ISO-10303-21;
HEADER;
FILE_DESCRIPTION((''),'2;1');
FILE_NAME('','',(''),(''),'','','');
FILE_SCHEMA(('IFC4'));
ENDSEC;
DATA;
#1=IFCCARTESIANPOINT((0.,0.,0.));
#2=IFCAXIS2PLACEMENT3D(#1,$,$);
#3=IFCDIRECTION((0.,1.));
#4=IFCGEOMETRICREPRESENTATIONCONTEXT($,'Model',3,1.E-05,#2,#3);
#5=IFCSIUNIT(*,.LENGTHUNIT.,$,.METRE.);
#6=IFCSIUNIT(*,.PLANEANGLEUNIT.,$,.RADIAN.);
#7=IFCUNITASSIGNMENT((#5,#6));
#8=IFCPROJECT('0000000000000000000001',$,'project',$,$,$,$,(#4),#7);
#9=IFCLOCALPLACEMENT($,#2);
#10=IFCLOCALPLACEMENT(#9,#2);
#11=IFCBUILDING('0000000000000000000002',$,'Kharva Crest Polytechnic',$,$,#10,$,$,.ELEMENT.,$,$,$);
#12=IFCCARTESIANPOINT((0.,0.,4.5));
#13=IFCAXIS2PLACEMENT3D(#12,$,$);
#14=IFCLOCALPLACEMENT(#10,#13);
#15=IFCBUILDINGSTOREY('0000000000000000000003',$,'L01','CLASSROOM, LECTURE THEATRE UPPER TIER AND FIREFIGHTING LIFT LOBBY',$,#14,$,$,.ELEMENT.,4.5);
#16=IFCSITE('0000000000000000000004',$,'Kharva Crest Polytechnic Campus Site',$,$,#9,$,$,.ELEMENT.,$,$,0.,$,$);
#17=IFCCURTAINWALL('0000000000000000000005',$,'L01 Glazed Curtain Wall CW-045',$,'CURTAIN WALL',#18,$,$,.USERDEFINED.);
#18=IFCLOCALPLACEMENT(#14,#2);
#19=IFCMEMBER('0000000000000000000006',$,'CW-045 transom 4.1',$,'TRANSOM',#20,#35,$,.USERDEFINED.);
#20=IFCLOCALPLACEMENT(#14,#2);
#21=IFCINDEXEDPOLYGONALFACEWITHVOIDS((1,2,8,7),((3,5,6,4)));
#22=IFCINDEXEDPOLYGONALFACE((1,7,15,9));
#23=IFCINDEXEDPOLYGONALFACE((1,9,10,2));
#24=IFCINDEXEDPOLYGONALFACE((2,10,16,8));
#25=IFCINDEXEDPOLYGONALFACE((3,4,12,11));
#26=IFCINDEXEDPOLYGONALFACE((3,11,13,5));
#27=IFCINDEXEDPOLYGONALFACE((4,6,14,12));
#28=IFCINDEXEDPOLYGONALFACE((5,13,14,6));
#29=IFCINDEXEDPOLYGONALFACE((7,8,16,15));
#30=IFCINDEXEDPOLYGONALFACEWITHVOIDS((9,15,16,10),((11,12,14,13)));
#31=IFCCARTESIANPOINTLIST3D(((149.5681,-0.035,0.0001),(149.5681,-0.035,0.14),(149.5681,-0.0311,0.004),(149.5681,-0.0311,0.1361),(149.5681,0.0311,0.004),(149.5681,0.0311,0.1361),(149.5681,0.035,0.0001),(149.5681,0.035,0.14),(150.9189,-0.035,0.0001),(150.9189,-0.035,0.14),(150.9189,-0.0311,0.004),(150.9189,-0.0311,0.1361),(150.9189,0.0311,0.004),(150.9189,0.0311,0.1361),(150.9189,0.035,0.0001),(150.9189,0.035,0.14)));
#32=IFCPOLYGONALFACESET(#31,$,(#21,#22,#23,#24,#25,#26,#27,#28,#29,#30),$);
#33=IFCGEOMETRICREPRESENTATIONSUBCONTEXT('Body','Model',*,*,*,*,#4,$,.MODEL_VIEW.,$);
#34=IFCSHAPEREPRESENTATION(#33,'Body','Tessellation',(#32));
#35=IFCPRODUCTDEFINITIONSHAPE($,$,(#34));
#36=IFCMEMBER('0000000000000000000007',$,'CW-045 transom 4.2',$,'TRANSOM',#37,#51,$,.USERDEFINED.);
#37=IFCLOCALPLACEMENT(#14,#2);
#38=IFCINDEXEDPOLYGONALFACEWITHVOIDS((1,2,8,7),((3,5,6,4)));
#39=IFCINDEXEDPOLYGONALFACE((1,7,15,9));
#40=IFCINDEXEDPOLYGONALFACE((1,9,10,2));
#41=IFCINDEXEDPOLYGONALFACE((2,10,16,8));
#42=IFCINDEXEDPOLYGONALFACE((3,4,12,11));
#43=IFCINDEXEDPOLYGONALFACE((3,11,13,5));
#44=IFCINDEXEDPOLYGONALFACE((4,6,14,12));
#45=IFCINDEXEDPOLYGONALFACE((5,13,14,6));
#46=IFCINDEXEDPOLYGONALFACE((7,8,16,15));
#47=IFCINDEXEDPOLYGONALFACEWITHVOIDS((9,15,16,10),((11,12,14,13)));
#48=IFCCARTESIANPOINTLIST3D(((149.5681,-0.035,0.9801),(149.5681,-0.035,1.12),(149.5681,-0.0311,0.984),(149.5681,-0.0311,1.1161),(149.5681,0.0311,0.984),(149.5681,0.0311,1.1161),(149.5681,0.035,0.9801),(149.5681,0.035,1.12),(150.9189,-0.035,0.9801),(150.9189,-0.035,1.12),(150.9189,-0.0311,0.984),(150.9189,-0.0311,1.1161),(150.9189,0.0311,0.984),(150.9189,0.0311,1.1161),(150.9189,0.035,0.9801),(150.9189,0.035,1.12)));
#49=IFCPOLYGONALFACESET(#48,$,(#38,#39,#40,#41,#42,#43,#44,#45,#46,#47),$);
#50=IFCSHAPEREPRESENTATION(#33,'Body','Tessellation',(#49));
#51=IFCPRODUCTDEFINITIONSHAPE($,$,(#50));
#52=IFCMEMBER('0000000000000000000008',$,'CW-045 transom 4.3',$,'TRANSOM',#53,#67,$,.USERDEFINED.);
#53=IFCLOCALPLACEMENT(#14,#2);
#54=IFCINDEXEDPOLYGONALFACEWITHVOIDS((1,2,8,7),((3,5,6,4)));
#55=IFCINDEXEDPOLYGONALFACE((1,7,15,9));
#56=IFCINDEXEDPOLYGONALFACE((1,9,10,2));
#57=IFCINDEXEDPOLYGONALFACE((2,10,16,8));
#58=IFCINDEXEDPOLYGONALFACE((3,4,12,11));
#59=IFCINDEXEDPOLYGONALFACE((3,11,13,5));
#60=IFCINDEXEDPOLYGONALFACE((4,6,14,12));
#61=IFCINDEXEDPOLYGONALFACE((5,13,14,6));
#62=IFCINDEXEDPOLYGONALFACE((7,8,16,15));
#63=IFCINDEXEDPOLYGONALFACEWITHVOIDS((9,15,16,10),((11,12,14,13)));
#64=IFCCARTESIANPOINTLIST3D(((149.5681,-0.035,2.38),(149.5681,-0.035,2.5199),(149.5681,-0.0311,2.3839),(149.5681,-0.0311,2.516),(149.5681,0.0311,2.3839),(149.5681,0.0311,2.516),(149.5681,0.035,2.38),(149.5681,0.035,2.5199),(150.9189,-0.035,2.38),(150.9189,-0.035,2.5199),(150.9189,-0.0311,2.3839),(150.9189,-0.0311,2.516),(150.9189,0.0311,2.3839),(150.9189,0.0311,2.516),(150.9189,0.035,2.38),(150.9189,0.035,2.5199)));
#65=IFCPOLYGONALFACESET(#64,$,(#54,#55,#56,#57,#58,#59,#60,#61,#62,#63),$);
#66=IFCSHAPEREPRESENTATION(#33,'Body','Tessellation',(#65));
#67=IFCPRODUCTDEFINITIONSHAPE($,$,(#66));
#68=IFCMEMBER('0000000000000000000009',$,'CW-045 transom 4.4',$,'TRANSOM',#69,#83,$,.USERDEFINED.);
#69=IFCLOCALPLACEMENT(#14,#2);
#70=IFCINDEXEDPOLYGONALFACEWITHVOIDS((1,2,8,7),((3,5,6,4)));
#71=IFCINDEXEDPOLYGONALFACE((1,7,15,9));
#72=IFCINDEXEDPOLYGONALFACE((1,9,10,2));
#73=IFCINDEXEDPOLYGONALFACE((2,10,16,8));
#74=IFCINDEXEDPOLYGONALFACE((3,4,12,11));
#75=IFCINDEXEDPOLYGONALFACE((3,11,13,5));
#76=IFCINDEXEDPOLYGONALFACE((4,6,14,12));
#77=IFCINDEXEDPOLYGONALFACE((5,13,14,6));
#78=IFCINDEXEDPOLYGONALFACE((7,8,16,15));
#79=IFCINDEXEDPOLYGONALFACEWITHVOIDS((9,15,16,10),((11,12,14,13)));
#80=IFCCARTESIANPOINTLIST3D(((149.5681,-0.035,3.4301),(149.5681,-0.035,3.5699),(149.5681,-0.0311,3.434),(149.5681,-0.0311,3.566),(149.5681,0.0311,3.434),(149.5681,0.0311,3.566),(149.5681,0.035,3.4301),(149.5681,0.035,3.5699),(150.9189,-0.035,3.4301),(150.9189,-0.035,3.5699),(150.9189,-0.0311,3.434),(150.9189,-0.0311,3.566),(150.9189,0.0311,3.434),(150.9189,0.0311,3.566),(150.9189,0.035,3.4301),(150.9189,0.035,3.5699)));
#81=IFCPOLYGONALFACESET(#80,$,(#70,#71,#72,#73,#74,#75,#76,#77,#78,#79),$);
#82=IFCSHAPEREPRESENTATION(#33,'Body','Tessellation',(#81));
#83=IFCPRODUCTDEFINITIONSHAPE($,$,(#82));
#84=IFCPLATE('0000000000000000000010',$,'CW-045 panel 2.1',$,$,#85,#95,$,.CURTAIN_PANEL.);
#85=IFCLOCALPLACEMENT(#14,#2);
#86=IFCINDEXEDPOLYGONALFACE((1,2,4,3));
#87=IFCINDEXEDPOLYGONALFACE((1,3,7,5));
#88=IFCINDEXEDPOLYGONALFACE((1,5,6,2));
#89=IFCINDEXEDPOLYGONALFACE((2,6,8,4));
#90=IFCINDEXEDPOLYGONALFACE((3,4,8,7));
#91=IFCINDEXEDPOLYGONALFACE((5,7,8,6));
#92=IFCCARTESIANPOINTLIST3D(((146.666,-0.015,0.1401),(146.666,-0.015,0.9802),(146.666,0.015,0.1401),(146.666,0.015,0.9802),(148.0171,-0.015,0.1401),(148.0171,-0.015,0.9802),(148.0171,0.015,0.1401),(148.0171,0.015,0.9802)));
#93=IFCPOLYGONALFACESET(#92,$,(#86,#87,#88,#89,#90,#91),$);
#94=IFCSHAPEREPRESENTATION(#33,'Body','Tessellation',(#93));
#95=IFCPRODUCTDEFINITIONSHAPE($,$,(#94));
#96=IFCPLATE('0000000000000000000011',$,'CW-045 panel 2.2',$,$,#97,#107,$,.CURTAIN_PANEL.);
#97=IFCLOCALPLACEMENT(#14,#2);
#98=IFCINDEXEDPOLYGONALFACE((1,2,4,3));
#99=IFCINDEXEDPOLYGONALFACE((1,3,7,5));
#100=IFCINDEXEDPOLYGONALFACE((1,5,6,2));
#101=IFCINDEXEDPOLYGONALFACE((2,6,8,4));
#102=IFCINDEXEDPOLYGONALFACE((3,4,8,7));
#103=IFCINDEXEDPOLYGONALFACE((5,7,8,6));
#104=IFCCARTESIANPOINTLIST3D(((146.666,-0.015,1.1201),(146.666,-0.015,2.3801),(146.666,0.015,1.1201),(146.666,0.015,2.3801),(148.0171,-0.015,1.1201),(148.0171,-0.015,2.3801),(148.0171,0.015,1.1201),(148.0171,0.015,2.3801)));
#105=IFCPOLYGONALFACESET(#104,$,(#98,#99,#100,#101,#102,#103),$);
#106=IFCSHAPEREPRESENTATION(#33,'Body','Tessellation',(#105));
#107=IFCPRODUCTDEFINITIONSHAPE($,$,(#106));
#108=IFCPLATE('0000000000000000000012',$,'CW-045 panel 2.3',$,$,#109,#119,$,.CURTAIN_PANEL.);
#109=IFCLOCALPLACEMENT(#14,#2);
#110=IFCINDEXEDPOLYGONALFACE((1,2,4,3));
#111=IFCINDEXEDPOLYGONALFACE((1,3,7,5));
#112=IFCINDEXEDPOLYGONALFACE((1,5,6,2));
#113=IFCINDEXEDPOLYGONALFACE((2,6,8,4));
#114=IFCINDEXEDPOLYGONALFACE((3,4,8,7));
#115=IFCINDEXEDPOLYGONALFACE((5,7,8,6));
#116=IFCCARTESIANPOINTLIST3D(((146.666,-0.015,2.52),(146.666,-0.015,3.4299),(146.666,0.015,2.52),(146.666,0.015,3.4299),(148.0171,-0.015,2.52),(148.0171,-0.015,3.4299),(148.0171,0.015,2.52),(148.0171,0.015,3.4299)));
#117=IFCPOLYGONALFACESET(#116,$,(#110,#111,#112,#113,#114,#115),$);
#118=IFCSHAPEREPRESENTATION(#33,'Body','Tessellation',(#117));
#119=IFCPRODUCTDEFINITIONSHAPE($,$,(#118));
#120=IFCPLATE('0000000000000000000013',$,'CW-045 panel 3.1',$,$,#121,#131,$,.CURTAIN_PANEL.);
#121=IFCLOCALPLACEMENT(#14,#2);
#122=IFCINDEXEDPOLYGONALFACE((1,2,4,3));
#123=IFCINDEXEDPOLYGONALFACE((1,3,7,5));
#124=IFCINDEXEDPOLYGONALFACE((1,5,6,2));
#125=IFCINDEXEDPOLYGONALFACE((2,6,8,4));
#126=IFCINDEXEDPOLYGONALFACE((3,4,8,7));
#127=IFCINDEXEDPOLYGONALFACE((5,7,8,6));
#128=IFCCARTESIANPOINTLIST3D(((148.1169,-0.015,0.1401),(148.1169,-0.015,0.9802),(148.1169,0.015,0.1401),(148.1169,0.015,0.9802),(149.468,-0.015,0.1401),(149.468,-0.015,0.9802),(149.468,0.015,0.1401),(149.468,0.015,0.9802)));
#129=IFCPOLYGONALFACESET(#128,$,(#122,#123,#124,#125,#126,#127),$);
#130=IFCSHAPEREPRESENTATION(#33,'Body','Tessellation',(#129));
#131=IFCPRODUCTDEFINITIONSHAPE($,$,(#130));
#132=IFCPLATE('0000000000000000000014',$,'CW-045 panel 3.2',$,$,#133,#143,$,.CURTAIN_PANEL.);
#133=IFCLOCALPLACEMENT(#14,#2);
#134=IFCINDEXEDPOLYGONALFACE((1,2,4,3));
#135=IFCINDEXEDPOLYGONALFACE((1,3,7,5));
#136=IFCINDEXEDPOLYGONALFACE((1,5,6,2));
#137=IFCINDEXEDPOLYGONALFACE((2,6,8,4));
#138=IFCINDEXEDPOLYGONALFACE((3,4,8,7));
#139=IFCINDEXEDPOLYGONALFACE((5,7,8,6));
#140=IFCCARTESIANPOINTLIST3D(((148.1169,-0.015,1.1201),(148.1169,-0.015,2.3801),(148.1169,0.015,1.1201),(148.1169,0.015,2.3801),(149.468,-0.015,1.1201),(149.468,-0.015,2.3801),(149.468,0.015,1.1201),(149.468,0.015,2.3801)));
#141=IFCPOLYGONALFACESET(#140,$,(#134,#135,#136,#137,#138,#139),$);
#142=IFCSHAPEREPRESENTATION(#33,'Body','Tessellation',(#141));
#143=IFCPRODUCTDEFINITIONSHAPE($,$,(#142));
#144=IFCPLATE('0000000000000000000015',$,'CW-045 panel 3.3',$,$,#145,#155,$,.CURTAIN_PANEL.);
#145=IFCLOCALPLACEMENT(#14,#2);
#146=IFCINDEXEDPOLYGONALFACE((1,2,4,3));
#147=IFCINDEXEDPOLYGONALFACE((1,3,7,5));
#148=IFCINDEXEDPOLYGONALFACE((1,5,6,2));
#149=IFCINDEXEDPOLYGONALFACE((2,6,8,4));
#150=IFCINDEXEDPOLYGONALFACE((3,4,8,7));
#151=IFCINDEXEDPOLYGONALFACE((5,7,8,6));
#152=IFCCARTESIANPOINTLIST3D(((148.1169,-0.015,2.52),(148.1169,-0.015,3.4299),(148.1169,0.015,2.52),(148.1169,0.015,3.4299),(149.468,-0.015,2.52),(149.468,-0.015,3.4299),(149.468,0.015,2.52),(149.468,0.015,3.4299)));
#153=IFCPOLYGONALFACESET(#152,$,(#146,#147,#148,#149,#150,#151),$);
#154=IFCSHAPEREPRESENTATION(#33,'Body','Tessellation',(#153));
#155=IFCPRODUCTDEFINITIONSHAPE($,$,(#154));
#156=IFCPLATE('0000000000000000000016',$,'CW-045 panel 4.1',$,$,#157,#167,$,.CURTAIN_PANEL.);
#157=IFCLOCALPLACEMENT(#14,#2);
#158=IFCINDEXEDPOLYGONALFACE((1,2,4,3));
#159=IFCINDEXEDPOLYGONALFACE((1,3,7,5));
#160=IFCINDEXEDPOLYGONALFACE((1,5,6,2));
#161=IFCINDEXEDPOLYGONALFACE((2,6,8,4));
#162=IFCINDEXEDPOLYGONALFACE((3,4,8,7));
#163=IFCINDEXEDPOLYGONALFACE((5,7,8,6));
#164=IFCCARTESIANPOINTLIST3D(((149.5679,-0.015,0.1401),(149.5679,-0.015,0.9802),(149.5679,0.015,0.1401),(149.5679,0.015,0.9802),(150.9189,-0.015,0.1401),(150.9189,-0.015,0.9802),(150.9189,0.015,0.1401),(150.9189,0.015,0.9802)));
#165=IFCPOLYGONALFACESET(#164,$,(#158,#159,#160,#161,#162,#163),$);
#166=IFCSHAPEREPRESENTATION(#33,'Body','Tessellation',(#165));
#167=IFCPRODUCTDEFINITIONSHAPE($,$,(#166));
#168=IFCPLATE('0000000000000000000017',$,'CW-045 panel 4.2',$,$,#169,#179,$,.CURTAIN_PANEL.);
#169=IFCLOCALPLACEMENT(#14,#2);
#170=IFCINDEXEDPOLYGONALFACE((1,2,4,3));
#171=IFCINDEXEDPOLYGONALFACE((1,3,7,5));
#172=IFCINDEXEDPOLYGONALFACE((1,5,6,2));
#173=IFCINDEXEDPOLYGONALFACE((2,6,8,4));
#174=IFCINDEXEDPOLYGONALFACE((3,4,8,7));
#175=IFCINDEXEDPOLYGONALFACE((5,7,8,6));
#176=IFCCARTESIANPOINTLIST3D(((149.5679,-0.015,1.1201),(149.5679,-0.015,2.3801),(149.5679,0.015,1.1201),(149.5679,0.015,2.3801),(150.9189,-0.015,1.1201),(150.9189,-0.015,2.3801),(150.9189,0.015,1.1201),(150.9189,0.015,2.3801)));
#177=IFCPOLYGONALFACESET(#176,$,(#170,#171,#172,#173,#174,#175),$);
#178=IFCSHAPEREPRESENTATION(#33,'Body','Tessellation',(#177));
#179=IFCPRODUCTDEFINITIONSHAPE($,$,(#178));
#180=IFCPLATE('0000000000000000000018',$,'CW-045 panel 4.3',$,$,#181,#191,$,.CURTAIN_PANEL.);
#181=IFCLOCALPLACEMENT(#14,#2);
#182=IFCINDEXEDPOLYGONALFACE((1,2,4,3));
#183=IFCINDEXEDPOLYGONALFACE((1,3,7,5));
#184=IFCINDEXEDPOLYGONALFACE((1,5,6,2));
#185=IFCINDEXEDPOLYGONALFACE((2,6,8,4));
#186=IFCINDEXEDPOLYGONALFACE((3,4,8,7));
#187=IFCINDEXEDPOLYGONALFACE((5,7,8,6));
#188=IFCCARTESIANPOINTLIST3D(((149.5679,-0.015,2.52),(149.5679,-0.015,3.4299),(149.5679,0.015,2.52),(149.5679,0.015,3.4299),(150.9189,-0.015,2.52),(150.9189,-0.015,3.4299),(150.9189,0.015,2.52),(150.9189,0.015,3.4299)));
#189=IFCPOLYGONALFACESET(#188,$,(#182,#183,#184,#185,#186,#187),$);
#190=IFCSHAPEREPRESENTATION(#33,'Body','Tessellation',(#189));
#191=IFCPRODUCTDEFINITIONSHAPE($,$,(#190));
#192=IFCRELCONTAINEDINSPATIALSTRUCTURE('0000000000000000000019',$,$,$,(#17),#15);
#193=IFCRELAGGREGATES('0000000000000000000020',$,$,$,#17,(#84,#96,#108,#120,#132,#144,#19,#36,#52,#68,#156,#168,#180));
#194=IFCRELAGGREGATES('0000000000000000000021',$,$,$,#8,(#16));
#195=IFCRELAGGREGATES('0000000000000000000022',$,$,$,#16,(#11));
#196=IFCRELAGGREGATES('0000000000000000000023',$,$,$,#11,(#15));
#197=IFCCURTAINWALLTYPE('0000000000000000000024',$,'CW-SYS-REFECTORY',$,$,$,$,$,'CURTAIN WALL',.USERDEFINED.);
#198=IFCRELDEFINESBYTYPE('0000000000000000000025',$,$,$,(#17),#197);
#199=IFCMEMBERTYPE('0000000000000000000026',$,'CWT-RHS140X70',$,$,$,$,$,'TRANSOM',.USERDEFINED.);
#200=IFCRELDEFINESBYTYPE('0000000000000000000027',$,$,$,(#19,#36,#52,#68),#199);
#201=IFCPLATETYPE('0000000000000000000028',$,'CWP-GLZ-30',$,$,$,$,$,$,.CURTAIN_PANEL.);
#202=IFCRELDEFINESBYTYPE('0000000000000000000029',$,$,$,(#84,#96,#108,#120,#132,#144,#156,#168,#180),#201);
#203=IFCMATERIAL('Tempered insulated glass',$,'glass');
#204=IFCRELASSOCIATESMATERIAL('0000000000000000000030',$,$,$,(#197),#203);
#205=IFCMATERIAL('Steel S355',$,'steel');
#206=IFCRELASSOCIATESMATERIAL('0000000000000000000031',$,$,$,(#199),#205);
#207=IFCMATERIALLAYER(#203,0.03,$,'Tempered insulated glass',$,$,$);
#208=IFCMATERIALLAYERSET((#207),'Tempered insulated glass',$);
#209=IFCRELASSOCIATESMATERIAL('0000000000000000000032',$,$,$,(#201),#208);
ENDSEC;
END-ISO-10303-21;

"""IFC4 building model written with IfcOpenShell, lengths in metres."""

from ifc_helpers import new_model, si_unit, direction, frame, origin, origin_2d, place, context, subcontext, project, spatial, rectangle, hollow_rectangle, extrude, material, layer, layer_set, material_profile, profile_set, type_object, element, aggregate, save


model = new_model("IFC4")

# Units and contexts
model_context = context("Model", 3, precision=1e-05, world=origin(), true_north=direction((0.0, 1.0)))
body_context = subcontext(model_context, "Body", "Model", "MODEL_VIEW")
ifc_project = project(units=[si_unit("LENGTHUNIT", "METRE"), si_unit("PLANEANGLEUNIT", "RADIAN")], contexts=[model_context])

# Site, building, storey
site_placement = place(None, origin())
site = spatial("IfcSite", under=ifc_project, at=site_placement, Name="Kharva Crest Polytechnic Campus Site", CompositionType="ELEMENT", RefElevation=0.0)
building_placement = place(site_placement, origin())
building = spatial("IfcBuilding", under=site, at=building_placement, Name="Kharva Crest Polytechnic", CompositionType="ELEMENT")
storey_placement = place(building_placement, frame((0.0, 0.0, 4.5)))
storey = spatial("IfcBuildingStorey", under=building, at=storey_placement, Name="L01", Description="CLASSROOM, LECTURE THEATRE UPPER TIER AND FIREFIGHTING LIFT LOBBY", CompositionType="ELEMENT", Elevation=4.5)

# Curtain wall, members, plates
ifc_material_1 = material(Name="Tempered insulated glass", Category="glass")
curtain_wall_type = type_object("IfcCurtainWallType", Name="CW-SYS-REFECTORY", ElementType="CURTAIN WALL", PredefinedType="USERDEFINED", material=ifc_material_1)
curtain_wall_placement = place(storey_placement, origin())
curtain_wall = element("IfcCurtainWall", 1, at=curtain_wall_placement, inside=storey, type_object=curtain_wall_type, Name="L01 Glazed Curtain Wall CW-045", ObjectType="CURTAIN WALL", PredefinedType="USERDEFINED")
ifc_material_2 = material(Name="Steel S355", Category="steel")
ifc_material_profile_1 = material_profile(ifc_material_2, hollow_rectangle(XDim=0.0701, YDim=0.1399, WallThickness=0.0039, at=origin_2d()), Name="RHS 140X70X4.0")
ifc_profile_set_1 = profile_set([ifc_material_profile_1], Name="Steel S355")
member_type_1 = type_object("IfcMemberType", Name="CWT-RHS140X70", ElementType="TRANSOM", PredefinedType="USERDEFINED", material=ifc_profile_set_1)
member_1_placement = place(storey_placement, frame((149.5681, 0.0, 0.0701), z_axis=(1.0, 0.0, 0.0), x_axis=(0.0, 1.0, 0.0)))
member_1 = element("IfcMember", 2, at=member_1_placement, type_object=member_type_1, Name="CW-045 transom 4.1", ObjectType="TRANSOM", PredefinedType="USERDEFINED", context=body_context, shape_type="SweptSolid", body=[
    extrude(hollow_rectangle(XDim=0.0701, YDim=0.1399, WallThickness=0.0039, at=origin_2d()), origin(), (0.0, 0.0, 1.0), 1.3508),
])
member_2_placement = place(storey_placement, frame((149.5681, 0.0, 1.05), z_axis=(1.0, 0.0, 0.0), x_axis=(0.0, 1.0, 0.0)))
member_2 = element("IfcMember", 3, at=member_2_placement, type_object=member_type_1, Name="CW-045 transom 4.2", ObjectType="TRANSOM", PredefinedType="USERDEFINED", context=body_context, shape_type="SweptSolid", body=[
    extrude(hollow_rectangle(XDim=0.0701, YDim=0.1399, WallThickness=0.0039, at=origin_2d()), origin(), (0.0, 0.0, 1.0), 1.3508),
])
member_3_placement = place(storey_placement, frame((149.5681, 0.0, 2.45), z_axis=(1.0, 0.0, 0.0), x_axis=(0.0, 1.0, 0.0)))
member_3 = element("IfcMember", 4, at=member_3_placement, type_object=member_type_1, Name="CW-045 transom 4.3", ObjectType="TRANSOM", PredefinedType="USERDEFINED", context=body_context, shape_type="SweptSolid", body=[
    extrude(hollow_rectangle(XDim=0.0701, YDim=0.1399, WallThickness=0.0039, at=origin_2d()), origin(), (0.0, 0.0, 1.0), 1.3508),
])
member_4_placement = place(storey_placement, frame((149.5681, 0.0, 3.5), z_axis=(1.0, 0.0, 0.0), x_axis=(0.0, 1.0, 0.0)))
member_4 = element("IfcMember", 5, at=member_4_placement, type_object=member_type_1, Name="CW-045 transom 4.4", ObjectType="TRANSOM", PredefinedType="USERDEFINED", context=body_context, shape_type="SweptSolid", body=[
    extrude(hollow_rectangle(XDim=0.0701, YDim=0.1399, WallThickness=0.0039, at=origin_2d()), origin(), (0.0, 0.0, 1.0), 1.3508),
])
ifc_layer = layer(ifc_material_1, 0.03, Name="Tempered insulated glass")
ifc_layer_set = layer_set([ifc_layer], Name="Tempered insulated glass")
plate_type = type_object("IfcPlateType", Name="CWP-GLZ-30", PredefinedType="CURTAIN_PANEL", material=ifc_layer_set)
plate_1_placement = place(storey_placement, frame((147.3416, 0.0, 0.1401), z_axis=(0.0, 0.0, 1.0), x_axis=(1.0, 0.0, 0.0)))
plate_1 = element("IfcPlate", 6, at=plate_1_placement, type_object=plate_type, Name="CW-045 panel 2.1", PredefinedType="CURTAIN_PANEL", context=body_context, shape_type="SweptSolid", body=[
    extrude(rectangle(XDim=1.3511, YDim=0.03, at=origin_2d()), origin(), (0.0, 0.0, 1.0), 0.8401),
])
plate_2_placement = place(storey_placement, frame((147.3416, 0.0, 1.1201), z_axis=(0.0, 0.0, 1.0), x_axis=(1.0, 0.0, 0.0)))
plate_2 = element("IfcPlate", 7, at=plate_2_placement, type_object=plate_type, Name="CW-045 panel 2.2", PredefinedType="CURTAIN_PANEL", context=body_context, shape_type="SweptSolid", body=[
    extrude(rectangle(XDim=1.3511, YDim=0.03, at=origin_2d()), origin(), (0.0, 0.0, 1.0), 1.26),
])
plate_3_placement = place(storey_placement, frame((147.3416, 0.0, 2.52), z_axis=(0.0, 0.0, 1.0), x_axis=(1.0, 0.0, 0.0)))
plate_3 = element("IfcPlate", 8, at=plate_3_placement, type_object=plate_type, Name="CW-045 panel 2.3", PredefinedType="CURTAIN_PANEL", context=body_context, shape_type="SweptSolid", body=[
    extrude(rectangle(XDim=1.3511, YDim=0.03, at=origin_2d()), origin(), (0.0, 0.0, 1.0), 0.9099),
])
plate_4_placement = place(storey_placement, frame((148.7925, 0.0, 0.1401), z_axis=(0.0, 0.0, 1.0), x_axis=(1.0, 0.0, 0.0)))
plate_4 = element("IfcPlate", 9, at=plate_4_placement, type_object=plate_type, Name="CW-045 panel 3.1", PredefinedType="CURTAIN_PANEL", context=body_context, shape_type="SweptSolid", body=[
    extrude(rectangle(XDim=1.3511, YDim=0.03, at=origin_2d()), origin(), (0.0, 0.0, 1.0), 0.8401),
])
plate_5_placement = place(storey_placement, frame((148.7925, 0.0, 1.1201), z_axis=(0.0, 0.0, 1.0), x_axis=(1.0, 0.0, 0.0)))
plate_5 = element("IfcPlate", 10, at=plate_5_placement, type_object=plate_type, Name="CW-045 panel 3.2", PredefinedType="CURTAIN_PANEL", context=body_context, shape_type="SweptSolid", body=[
    extrude(rectangle(XDim=1.3511, YDim=0.03, at=origin_2d()), origin(), (0.0, 0.0, 1.0), 1.26),
])
plate_6_placement = place(storey_placement, frame((148.7925, 0.0, 2.52), z_axis=(0.0, 0.0, 1.0), x_axis=(1.0, 0.0, 0.0)))
plate_6 = element("IfcPlate", 11, at=plate_6_placement, type_object=plate_type, Name="CW-045 panel 3.3", PredefinedType="CURTAIN_PANEL", context=body_context, shape_type="SweptSolid", body=[
    extrude(rectangle(XDim=1.3511, YDim=0.03, at=origin_2d()), origin(), (0.0, 0.0, 1.0), 0.9099),
])
plate_7_placement = place(storey_placement, frame((150.2434, 0.0, 0.1401), z_axis=(0.0, 0.0, 1.0), x_axis=(1.0, 0.0, 0.0)))
plate_7 = element("IfcPlate", 12, at=plate_7_placement, type_object=plate_type, Name="CW-045 panel 4.1", PredefinedType="CURTAIN_PANEL", context=body_context, shape_type="SweptSolid", body=[
    extrude(rectangle(XDim=1.3511, YDim=0.03, at=origin_2d()), origin(), (0.0, 0.0, 1.0), 0.8401),
])
plate_8_placement = place(storey_placement, frame((150.2434, 0.0, 1.1201), z_axis=(0.0, 0.0, 1.0), x_axis=(1.0, 0.0, 0.0)))
plate_8 = element("IfcPlate", 13, at=plate_8_placement, type_object=plate_type, Name="CW-045 panel 4.2", PredefinedType="CURTAIN_PANEL", context=body_context, shape_type="SweptSolid", body=[
    extrude(rectangle(XDim=1.3511, YDim=0.03, at=origin_2d()), origin(), (0.0, 0.0, 1.0), 1.26),
])
plate_9_placement = place(storey_placement, frame((150.2434, 0.0, 2.52), z_axis=(0.0, 0.0, 1.0), x_axis=(1.0, 0.0, 0.0)))
plate_9 = element("IfcPlate", 14, at=plate_9_placement, type_object=plate_type, Name="CW-045 panel 4.3", PredefinedType="CURTAIN_PANEL", context=body_context, shape_type="SweptSolid", body=[
    extrude(rectangle(XDim=1.3511, YDim=0.03, at=origin_2d()), origin(), (0.0, 0.0, 1.0), 0.9099),
])
aggregate(curtain_wall, [plate_1, plate_2, plate_3, plate_4, plate_5, plate_6, member_1, member_2, member_3, member_4, plate_7, plate_8, plate_9])

save(model, "model.ifc")
